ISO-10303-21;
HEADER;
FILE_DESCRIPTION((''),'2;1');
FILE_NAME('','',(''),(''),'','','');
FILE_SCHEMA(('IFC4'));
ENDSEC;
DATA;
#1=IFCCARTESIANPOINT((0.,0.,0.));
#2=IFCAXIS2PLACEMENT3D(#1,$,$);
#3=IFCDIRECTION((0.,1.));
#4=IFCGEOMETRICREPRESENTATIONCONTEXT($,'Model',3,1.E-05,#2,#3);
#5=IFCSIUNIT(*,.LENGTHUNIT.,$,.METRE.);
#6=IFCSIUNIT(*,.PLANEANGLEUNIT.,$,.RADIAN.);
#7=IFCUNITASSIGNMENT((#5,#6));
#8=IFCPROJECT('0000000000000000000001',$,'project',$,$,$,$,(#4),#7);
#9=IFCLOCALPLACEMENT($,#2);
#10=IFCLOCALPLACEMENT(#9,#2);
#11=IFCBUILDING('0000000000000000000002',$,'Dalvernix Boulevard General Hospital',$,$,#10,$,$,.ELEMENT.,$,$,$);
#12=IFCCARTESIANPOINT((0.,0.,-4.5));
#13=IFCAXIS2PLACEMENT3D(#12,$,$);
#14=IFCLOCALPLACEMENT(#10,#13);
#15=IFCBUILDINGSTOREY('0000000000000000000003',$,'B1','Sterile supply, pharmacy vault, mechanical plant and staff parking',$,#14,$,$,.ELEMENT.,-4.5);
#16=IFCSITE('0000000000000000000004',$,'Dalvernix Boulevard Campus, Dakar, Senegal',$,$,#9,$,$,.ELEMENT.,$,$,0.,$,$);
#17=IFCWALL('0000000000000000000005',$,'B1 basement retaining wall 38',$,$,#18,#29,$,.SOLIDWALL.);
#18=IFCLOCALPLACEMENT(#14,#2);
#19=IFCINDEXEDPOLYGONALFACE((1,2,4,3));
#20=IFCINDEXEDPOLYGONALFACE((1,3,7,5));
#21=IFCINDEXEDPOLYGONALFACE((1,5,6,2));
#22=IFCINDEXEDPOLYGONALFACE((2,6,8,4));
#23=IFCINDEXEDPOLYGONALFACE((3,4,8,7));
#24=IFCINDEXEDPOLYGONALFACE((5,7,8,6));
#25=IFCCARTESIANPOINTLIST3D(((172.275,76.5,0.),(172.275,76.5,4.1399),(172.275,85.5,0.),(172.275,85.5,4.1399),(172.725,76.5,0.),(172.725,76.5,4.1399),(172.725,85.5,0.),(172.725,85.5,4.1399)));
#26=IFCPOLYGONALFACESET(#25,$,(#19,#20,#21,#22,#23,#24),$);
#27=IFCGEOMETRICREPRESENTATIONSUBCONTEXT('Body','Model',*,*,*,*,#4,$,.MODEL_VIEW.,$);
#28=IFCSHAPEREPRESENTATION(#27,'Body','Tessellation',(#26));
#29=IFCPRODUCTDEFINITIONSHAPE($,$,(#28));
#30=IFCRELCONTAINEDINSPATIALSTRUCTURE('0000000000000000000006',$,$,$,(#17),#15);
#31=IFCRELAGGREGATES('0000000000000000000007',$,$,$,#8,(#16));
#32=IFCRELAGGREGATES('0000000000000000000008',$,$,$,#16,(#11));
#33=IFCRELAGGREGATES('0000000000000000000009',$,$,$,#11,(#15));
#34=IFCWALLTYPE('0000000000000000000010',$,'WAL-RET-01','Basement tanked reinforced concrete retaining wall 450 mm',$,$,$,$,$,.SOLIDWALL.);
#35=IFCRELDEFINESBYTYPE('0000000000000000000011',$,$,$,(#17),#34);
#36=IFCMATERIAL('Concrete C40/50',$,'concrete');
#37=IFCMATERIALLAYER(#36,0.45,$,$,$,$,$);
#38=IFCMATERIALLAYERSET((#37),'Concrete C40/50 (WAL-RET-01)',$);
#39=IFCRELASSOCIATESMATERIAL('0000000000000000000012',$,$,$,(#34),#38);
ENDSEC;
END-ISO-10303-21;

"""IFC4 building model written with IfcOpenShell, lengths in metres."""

from ifc_helpers import new_model, si_unit, direction, frame, frame_2d, origin, place, context, subcontext, project, spatial, rectangle, extrude, material, layer, layer_set, type_object, element, save


model = new_model("IFC4")

# Units and contexts
model_context = context("Model", 3, precision=1e-05, world=origin(), true_north=direction((0.0, 1.0)))
body_context = subcontext(model_context, "Body", "Model", "MODEL_VIEW")
ifc_project = project(units=[si_unit("LENGTHUNIT", "METRE"), si_unit("PLANEANGLEUNIT", "RADIAN")], contexts=[model_context])

# Site, building, storey
site_placement = place(None, origin())
site = spatial("IfcSite", under=ifc_project, at=site_placement, Name="Dalvernix Boulevard Campus, Dakar, Senegal", CompositionType="ELEMENT", RefElevation=0.0)
building_placement = place(site_placement, origin())
building = spatial("IfcBuilding", under=site, at=building_placement, Name="Dalvernix Boulevard General Hospital", CompositionType="ELEMENT")
storey_placement = place(building_placement, frame((0.0, 0.0, -4.5)))
storey = spatial("IfcBuildingStorey", under=building, at=storey_placement, Name="B1", Description="Sterile supply, pharmacy vault, mechanical plant and staff parking", CompositionType="ELEMENT", Elevation=-4.5)

# Shared definitions
ifc_material_1 = material(Name="Concrete C40/50", Category="concrete")

# Wall
ifc_layer_1 = layer(ifc_material_1, 0.45)
ifc_layer_set_1 = layer_set([ifc_layer_1], Name="Concrete C40/50 (WAL-RET-01)")
wall_type_1 = type_object("IfcWallType", Name="WAL-RET-01", Description="Basement tanked reinforced concrete retaining wall 450 mm", PredefinedType="SOLIDWALL", material=ifc_layer_set_1)
wall_1_placement = place(storey_placement, frame((172.5, 85.5, 0.0), z_axis=(0.0, 0.0, 1.0), x_axis=(0.0, -1.0, 0.0)))
element("IfcWall", 1, at=wall_1_placement, inside=storey, type_object=wall_type_1, Name="B1 basement retaining wall 38", PredefinedType="SOLIDWALL", context=body_context, shape_type="SweptSolid", body=[
    extrude(rectangle(XDim=9.0, YDim=0.45, at=frame_2d((4.5, 0.0))), origin(), (0.0, 0.0, 1.0), 4.1399),
])

save(model, "model.ifc")
